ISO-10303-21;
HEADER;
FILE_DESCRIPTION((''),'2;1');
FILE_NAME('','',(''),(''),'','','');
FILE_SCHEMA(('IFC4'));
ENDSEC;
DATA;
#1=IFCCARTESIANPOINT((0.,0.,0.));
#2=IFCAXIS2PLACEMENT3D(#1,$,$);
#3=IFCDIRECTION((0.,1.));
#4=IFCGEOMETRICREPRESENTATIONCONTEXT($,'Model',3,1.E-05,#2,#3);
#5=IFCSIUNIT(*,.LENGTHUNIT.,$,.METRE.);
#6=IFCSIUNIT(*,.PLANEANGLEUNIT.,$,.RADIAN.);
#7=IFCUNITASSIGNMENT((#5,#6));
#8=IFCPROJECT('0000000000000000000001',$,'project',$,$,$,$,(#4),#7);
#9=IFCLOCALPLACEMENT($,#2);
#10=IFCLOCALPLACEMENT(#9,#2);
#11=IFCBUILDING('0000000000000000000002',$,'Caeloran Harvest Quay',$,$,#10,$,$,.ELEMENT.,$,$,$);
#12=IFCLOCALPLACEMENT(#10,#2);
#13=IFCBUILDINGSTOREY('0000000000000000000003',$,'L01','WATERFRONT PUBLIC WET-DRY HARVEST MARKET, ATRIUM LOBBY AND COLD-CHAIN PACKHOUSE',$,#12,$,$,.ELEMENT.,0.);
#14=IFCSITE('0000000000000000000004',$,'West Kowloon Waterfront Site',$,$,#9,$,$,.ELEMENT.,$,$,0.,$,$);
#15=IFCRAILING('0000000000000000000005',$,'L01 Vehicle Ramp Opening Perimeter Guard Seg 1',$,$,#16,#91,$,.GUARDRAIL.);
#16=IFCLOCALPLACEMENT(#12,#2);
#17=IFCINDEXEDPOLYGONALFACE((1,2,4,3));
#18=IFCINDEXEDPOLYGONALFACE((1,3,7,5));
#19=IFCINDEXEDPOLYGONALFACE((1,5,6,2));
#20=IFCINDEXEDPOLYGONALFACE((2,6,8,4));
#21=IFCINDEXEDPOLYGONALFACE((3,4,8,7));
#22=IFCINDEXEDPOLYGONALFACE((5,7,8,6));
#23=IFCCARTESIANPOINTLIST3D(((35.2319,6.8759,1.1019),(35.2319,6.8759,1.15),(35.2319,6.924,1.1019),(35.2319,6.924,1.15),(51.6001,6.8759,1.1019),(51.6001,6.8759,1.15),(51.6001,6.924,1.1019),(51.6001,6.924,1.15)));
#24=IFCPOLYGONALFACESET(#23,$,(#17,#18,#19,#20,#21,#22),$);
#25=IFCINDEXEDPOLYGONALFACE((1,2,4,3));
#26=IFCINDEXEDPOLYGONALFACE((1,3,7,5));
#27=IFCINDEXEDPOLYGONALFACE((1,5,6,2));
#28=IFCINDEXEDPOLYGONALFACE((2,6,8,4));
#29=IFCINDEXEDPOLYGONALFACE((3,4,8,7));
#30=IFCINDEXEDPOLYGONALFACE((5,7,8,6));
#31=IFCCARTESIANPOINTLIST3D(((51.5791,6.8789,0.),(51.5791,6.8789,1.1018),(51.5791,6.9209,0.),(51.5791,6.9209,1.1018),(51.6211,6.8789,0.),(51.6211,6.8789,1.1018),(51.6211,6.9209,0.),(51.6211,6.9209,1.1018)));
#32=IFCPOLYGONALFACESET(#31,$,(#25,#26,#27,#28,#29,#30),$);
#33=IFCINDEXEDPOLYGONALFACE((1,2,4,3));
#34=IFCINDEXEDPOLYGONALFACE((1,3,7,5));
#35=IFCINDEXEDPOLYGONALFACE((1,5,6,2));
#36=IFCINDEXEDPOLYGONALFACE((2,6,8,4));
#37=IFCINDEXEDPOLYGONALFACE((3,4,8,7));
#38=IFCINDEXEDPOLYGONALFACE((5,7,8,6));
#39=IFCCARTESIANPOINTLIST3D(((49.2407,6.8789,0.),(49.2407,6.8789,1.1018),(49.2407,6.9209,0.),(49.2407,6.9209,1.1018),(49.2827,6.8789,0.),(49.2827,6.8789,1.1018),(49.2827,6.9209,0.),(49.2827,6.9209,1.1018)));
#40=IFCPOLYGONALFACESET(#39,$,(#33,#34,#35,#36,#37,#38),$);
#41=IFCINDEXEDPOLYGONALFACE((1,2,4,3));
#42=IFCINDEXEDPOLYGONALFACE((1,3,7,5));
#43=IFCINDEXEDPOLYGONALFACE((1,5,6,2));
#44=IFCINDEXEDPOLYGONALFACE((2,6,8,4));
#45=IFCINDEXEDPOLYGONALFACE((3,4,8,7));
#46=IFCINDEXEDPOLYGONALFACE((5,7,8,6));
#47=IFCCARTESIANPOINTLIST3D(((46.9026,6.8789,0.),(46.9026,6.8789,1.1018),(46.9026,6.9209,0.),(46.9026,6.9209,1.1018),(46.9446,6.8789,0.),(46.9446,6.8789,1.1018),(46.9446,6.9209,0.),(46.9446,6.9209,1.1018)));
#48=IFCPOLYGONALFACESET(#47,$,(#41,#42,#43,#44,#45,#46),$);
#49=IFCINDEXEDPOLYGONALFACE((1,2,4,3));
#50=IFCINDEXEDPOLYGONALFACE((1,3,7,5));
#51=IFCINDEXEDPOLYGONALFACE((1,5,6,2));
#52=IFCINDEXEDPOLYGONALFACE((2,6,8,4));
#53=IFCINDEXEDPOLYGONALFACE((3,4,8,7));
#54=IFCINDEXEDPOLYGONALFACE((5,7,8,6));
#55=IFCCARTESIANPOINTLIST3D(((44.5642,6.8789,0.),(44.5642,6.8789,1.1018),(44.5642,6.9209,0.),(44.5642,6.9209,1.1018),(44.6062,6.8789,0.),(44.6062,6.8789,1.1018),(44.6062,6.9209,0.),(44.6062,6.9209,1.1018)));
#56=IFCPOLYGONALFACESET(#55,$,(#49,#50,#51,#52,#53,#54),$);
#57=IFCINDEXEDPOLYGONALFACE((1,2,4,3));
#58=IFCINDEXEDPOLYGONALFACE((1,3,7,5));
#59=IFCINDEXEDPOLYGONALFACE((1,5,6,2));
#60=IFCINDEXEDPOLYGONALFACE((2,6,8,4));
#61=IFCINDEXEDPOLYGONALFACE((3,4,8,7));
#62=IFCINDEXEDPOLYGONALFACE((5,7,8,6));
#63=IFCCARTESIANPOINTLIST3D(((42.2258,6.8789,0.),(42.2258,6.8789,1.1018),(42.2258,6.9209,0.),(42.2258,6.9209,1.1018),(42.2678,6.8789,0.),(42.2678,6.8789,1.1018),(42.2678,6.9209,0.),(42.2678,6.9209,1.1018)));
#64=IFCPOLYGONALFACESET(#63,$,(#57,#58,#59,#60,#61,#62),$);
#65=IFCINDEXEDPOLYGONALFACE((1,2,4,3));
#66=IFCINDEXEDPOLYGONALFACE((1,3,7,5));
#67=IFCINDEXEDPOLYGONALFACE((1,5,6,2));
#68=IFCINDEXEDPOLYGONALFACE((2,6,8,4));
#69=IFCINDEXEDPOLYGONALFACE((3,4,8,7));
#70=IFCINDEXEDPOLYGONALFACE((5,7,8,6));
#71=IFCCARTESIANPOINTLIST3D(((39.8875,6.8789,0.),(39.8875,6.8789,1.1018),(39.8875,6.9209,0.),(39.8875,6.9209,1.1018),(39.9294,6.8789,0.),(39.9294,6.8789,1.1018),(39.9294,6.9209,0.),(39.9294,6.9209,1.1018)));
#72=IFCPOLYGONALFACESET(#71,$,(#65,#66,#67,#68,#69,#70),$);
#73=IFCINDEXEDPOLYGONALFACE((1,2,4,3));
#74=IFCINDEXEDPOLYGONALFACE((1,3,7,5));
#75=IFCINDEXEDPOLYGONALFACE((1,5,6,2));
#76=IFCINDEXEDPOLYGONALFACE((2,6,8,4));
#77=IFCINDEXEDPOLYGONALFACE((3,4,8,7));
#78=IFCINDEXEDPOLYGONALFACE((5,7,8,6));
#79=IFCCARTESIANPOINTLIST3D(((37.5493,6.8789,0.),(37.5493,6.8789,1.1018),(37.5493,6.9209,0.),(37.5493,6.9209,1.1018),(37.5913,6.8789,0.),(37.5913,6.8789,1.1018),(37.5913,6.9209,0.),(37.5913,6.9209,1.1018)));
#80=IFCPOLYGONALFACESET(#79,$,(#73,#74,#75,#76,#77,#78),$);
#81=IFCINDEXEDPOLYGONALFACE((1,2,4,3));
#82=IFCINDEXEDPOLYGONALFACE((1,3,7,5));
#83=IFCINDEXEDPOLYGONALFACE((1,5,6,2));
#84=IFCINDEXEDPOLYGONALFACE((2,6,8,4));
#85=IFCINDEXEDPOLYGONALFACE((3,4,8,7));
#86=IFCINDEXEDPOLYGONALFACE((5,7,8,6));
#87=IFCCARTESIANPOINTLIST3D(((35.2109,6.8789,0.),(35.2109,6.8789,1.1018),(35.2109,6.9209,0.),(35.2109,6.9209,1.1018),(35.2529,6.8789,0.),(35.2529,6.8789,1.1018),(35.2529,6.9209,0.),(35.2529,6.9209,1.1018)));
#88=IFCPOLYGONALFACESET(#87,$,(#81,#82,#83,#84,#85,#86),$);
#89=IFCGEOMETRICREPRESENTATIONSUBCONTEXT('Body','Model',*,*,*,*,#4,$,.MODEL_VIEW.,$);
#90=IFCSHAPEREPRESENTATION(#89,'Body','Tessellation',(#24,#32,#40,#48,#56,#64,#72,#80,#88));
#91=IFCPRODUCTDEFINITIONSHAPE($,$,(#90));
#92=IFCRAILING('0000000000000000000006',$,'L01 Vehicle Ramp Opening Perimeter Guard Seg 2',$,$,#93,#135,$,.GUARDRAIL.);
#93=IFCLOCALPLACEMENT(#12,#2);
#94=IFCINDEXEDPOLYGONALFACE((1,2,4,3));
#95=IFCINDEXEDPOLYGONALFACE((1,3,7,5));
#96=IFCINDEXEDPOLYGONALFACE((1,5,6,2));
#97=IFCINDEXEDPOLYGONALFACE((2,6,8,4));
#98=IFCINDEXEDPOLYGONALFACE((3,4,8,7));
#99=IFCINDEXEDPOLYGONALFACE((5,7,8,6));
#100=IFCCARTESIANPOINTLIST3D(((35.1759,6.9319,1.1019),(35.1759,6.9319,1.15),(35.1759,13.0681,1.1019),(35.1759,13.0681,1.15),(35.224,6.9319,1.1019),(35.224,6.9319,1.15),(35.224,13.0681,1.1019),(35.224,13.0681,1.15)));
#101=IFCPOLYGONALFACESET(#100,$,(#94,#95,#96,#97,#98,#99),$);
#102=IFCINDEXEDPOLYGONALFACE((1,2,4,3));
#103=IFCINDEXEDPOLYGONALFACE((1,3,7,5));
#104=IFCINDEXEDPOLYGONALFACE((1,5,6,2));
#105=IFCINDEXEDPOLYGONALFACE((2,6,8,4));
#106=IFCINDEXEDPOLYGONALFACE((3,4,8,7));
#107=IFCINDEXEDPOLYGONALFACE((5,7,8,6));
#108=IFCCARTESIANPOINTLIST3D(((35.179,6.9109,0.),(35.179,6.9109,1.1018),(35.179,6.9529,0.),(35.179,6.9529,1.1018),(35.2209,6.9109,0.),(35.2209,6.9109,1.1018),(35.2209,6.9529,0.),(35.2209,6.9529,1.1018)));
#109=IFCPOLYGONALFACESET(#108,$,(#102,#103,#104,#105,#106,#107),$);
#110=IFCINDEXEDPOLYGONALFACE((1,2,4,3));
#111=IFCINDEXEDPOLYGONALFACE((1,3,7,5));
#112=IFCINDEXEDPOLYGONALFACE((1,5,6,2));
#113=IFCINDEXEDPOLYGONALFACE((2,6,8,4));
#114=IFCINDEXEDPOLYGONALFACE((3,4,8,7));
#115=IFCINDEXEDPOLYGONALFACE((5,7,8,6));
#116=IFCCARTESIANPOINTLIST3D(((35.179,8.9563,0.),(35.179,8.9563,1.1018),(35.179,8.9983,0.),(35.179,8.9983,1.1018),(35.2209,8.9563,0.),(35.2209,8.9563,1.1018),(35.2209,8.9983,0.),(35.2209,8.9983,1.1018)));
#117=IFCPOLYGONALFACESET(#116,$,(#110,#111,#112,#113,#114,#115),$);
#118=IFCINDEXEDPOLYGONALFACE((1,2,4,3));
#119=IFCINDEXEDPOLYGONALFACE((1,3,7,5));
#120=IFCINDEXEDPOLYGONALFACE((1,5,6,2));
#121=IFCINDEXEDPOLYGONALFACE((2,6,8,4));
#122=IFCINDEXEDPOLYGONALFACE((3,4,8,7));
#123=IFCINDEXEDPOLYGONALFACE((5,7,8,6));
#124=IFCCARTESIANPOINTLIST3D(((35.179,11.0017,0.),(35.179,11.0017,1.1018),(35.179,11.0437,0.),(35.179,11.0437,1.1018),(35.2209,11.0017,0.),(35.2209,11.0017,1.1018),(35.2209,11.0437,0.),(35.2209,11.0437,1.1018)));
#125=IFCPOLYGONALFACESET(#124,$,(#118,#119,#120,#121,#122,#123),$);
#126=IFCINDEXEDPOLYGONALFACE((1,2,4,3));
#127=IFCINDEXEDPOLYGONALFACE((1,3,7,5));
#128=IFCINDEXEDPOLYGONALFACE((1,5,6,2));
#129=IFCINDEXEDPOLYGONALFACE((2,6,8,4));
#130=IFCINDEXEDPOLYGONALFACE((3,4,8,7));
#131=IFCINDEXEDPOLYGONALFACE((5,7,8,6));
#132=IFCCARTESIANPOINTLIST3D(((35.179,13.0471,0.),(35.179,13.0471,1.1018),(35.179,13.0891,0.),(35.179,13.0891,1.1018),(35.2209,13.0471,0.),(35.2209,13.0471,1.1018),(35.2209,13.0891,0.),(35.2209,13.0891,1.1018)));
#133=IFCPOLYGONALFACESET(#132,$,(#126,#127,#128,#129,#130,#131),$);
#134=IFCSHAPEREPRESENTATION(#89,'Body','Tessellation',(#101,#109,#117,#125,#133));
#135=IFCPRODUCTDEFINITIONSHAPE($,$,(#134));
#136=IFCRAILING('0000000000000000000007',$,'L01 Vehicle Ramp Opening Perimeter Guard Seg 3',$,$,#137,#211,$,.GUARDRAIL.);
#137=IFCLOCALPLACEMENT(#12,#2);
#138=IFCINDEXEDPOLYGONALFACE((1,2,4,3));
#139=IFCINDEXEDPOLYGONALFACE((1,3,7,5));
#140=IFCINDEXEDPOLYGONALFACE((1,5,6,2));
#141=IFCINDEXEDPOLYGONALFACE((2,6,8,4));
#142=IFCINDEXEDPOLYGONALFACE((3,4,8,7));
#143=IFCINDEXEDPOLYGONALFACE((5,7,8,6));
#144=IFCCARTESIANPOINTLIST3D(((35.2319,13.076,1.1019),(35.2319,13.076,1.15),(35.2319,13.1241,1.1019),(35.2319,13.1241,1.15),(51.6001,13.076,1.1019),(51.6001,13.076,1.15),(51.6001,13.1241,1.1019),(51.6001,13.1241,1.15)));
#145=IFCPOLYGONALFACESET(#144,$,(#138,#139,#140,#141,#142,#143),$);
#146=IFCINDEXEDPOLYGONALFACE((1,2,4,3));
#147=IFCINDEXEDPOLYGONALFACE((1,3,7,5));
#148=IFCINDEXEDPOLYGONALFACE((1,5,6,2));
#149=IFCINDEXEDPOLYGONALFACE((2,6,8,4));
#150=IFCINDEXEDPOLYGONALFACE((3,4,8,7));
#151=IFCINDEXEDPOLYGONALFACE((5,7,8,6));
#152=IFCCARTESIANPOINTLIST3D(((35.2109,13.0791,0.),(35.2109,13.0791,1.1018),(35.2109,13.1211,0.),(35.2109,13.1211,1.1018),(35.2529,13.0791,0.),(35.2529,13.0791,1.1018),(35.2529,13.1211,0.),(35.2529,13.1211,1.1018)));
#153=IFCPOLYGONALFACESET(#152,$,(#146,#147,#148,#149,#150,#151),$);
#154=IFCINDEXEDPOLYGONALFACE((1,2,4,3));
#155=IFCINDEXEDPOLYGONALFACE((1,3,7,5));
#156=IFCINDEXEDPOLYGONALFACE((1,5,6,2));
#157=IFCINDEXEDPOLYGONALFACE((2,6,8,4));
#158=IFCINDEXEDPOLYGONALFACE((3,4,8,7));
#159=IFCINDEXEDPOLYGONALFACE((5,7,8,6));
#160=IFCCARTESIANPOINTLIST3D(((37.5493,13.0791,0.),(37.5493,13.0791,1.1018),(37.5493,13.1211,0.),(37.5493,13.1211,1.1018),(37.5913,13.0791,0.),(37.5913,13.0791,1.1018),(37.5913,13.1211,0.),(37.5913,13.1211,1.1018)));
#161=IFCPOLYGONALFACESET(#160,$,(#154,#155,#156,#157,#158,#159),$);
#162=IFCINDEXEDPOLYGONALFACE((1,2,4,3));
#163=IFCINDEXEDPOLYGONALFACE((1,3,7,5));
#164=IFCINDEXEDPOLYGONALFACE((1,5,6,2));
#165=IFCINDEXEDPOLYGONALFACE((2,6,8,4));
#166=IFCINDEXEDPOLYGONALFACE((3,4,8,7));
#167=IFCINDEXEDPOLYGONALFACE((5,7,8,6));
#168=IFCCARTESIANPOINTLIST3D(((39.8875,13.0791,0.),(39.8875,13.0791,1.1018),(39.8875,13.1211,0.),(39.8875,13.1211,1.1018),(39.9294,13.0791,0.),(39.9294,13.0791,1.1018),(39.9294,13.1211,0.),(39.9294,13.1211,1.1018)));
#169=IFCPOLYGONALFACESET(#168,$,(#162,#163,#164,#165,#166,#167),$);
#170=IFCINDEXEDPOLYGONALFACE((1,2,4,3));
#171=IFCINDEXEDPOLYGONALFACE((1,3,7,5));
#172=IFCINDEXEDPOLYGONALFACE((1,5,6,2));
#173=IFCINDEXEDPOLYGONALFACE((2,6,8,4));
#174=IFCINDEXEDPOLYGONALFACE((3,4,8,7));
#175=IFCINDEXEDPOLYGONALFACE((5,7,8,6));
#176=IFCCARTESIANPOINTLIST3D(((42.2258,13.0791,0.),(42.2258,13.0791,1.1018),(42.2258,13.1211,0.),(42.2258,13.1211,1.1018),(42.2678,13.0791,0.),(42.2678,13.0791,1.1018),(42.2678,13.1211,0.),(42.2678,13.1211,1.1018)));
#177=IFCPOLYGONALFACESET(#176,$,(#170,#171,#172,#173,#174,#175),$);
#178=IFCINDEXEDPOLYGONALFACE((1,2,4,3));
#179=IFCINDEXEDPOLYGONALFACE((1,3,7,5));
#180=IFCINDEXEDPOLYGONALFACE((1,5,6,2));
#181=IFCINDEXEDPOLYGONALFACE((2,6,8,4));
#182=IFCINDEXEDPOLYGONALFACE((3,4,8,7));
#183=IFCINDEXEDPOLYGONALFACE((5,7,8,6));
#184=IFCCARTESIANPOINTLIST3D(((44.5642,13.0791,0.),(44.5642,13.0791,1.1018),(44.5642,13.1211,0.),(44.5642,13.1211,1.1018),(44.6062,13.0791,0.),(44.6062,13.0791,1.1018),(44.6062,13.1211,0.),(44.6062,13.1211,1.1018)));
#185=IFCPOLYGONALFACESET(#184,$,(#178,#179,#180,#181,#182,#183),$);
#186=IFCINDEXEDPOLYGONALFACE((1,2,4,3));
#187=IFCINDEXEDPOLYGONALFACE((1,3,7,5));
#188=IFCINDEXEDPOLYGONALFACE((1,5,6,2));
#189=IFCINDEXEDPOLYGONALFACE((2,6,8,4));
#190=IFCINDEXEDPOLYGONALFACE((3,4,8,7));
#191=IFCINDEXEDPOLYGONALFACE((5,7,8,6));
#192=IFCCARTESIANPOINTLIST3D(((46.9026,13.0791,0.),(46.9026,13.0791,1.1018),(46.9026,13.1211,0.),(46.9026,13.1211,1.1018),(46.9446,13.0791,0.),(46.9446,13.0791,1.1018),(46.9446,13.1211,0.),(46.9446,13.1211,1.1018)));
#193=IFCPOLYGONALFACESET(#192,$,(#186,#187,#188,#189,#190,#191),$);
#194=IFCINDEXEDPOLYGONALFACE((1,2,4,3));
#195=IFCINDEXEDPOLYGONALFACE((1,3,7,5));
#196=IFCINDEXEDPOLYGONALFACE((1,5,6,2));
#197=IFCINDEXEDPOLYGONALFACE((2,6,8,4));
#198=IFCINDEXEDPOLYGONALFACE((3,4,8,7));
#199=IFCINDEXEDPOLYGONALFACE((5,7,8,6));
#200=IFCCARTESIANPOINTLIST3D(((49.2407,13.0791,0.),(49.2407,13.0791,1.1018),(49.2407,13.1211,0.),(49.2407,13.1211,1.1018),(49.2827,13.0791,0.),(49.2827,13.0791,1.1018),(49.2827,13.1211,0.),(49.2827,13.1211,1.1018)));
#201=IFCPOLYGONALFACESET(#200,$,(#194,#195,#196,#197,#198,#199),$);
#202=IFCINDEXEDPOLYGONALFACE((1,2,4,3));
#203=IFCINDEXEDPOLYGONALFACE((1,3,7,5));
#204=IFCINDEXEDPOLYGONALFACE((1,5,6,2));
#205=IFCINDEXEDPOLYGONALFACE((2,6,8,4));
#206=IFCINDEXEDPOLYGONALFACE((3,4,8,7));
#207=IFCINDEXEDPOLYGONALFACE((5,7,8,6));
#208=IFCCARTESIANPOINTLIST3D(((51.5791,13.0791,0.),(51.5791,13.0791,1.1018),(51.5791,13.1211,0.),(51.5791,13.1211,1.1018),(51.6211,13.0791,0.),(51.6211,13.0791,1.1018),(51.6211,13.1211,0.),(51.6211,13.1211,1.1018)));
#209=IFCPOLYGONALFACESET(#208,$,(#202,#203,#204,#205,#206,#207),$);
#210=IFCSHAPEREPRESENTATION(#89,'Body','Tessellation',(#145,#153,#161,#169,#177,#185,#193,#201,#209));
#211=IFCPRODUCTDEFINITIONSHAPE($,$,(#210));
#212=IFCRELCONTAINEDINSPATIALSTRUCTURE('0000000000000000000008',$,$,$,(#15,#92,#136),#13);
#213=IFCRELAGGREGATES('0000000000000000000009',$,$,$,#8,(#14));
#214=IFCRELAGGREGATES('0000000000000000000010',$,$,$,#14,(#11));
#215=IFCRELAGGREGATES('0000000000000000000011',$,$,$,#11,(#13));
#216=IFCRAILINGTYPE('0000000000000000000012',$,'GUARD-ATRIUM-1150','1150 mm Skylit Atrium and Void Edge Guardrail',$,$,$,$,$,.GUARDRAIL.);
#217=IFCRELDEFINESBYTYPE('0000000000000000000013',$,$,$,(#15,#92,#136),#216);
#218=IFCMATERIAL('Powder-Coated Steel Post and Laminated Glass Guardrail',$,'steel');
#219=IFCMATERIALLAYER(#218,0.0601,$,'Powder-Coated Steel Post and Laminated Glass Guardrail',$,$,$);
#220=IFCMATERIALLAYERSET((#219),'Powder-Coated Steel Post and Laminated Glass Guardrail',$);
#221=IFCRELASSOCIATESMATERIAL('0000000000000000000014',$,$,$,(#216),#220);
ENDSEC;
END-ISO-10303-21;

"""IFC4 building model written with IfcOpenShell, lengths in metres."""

from ifc_helpers import new_model, si_unit, direction, frame, origin, origin_2d, place, context, subcontext, project, spatial, rectangle, extrude, material, layer, layer_set, type_object, element, save


model = new_model("IFC4")

# Units and contexts
model_context = context("Model", 3, precision=1e-05, world=origin(), true_north=direction((0.0, 1.0)))
body_context = subcontext(model_context, "Body", "Model", "MODEL_VIEW")
ifc_project = project(units=[si_unit("LENGTHUNIT", "METRE"), si_unit("PLANEANGLEUNIT", "RADIAN")], contexts=[model_context])

# Site, building, storey
site_placement = place(None, origin())
site = spatial("IfcSite", under=ifc_project, at=site_placement, Name="West Kowloon Waterfront Site", CompositionType="ELEMENT", RefElevation=0.0)
building_placement = place(site_placement, origin())
building = spatial("IfcBuilding", under=site, at=building_placement, Name="Caeloran Harvest Quay", CompositionType="ELEMENT")
storey_placement = place(building_placement, origin())
storey = spatial("IfcBuildingStorey", under=building, at=storey_placement, Name="L01", Description="WATERFRONT PUBLIC WET-DRY HARVEST MARKET, ATRIUM LOBBY AND COLD-CHAIN PACKHOUSE", CompositionType="ELEMENT", Elevation=0.0)

# Railings
ifc_material_1 = material(Name="Powder-Coated Steel Post and Laminated Glass Guardrail", Category="steel")
ifc_layer_1 = layer(ifc_material_1, 0.0601, Name="Powder-Coated Steel Post and Laminated Glass Guardrail")
ifc_layer_set_1 = layer_set([ifc_layer_1], Name="Powder-Coated Steel Post and Laminated Glass Guardrail")
railing_type = type_object("IfcRailingType", Name="GUARD-ATRIUM-1150", Description="1150 mm Skylit Atrium and Void Edge Guardrail", PredefinedType="GUARDRAIL", material=ifc_layer_set_1)
railing_1_placement = place(storey_placement, frame((51.6001, 6.8999, 0.0)))
element("IfcRailing", 1, at=railing_1_placement, inside=storey, type_object=railing_type, Name="L01 Vehicle Ramp Opening Perimeter Guard Seg 1", PredefinedType="GUARDRAIL", context=body_context, shape_type="SweptSolid", body=[
    extrude(rectangle(XDim=0.0481, YDim=0.0481, at=origin_2d()), frame((0.0, 0.0, 1.126), z_axis=(-1.0, 0.0, 0.0), x_axis=(0.0, -1.0, 0.0)), (0.0, 0.0, 1.0), 16.3682),
    extrude(rectangle(XDim=0.042, YDim=0.042, at=origin_2d()), origin(), (0.0, 0.0, 1.0), 1.1018),
    extrude(rectangle(XDim=0.042, YDim=0.042, at=origin_2d()), frame((-2.3384, 0.0, 0.0)), (0.0, 0.0, 1.0), 1.1018),
    extrude(rectangle(XDim=0.042, YDim=0.042, at=origin_2d()), frame((-4.6765, 0.0, 0.0)), (0.0, 0.0, 1.0), 1.1018),
    extrude(rectangle(XDim=0.042, YDim=0.042, at=origin_2d()), frame((-7.0149, 0.0, 0.0)), (0.0, 0.0, 1.0), 1.1018),
    extrude(rectangle(XDim=0.042, YDim=0.042, at=origin_2d()), frame((-9.3533, 0.0, 0.0)), (0.0, 0.0, 1.0), 1.1018),
    extrude(rectangle(XDim=0.042, YDim=0.042, at=origin_2d()), frame((-11.6917, 0.0, 0.0)), (0.0, 0.0, 1.0), 1.1018),
    extrude(rectangle(XDim=0.042, YDim=0.042, at=origin_2d()), frame((-14.0298, 0.0, 0.0)), (0.0, 0.0, 1.0), 1.1018),
    extrude(rectangle(XDim=0.042, YDim=0.042, at=origin_2d()), frame((-16.3682, 0.0, 0.0)), (0.0, 0.0, 1.0), 1.1018),
])
railing_2_placement = place(storey_placement, frame((35.2, 6.9319, 0.0)))
element("IfcRailing", 2, at=railing_2_placement, inside=storey, type_object=railing_type, Name="L01 Vehicle Ramp Opening Perimeter Guard Seg 2", PredefinedType="GUARDRAIL", context=body_context, shape_type="SweptSolid", body=[
    extrude(rectangle(XDim=0.0481, YDim=0.0481, at=origin_2d()), frame((0.0, 0.0, 1.126), z_axis=(0.0, 1.0, 0.0), x_axis=(-1.0, 0.0, 0.0)), (0.0, 0.0, 1.0), 6.1362),
    extrude(rectangle(XDim=0.042, YDim=0.042, at=origin_2d()), origin(), (0.0, 0.0, 1.0), 1.1018),
    extrude(rectangle(XDim=0.042, YDim=0.042, at=origin_2d()), frame((0.0, 2.0454, 0.0)), (0.0, 0.0, 1.0), 1.1018),
    extrude(rectangle(XDim=0.042, YDim=0.042, at=origin_2d()), frame((0.0, 4.0908, 0.0)), (0.0, 0.0, 1.0), 1.1018),
    extrude(rectangle(XDim=0.042, YDim=0.042, at=origin_2d()), frame((0.0, 6.1362, 0.0)), (0.0, 0.0, 1.0), 1.1018),
])
railing_3_placement = place(storey_placement, frame((35.2319, 13.1001, 0.0)))
element("IfcRailing", 3, at=railing_3_placement, inside=storey, type_object=railing_type, Name="L01 Vehicle Ramp Opening Perimeter Guard Seg 3", PredefinedType="GUARDRAIL", context=body_context, shape_type="SweptSolid", body=[
    extrude(rectangle(XDim=0.0481, YDim=0.0481, at=origin_2d()), frame((0.0, 0.0, 1.126), z_axis=(1.0, 0.0, 0.0), x_axis=(0.0, 1.0, 0.0)), (0.0, 0.0, 1.0), 16.3682),
    extrude(rectangle(XDim=0.042, YDim=0.042, at=origin_2d()), origin(), (0.0, 0.0, 1.0), 1.1018),
    extrude(rectangle(XDim=0.042, YDim=0.042, at=origin_2d()), frame((2.3384, 0.0, 0.0)), (0.0, 0.0, 1.0), 1.1018),
    extrude(rectangle(XDim=0.042, YDim=0.042, at=origin_2d()), frame((4.6765, 0.0, 0.0)), (0.0, 0.0, 1.0), 1.1018),
    extrude(rectangle(XDim=0.042, YDim=0.042, at=origin_2d()), frame((7.0149, 0.0, 0.0)), (0.0, 0.0, 1.0), 1.1018),
    extrude(rectangle(XDim=0.042, YDim=0.042, at=origin_2d()), frame((9.3533, 0.0, 0.0)), (0.0, 0.0, 1.0), 1.1018),
    extrude(rectangle(XDim=0.042, YDim=0.042, at=origin_2d()), frame((11.6917, 0.0, 0.0)), (0.0, 0.0, 1.0), 1.1018),
    extrude(rectangle(XDim=0.042, YDim=0.042, at=origin_2d()), frame((14.0298, 0.0, 0.0)), (0.0, 0.0, 1.0), 1.1018),
    extrude(rectangle(XDim=0.042, YDim=0.042, at=origin_2d()), frame((16.3682, 0.0, 0.0)), (0.0, 0.0, 1.0), 1.1018),
])

save(model, "model.ifc")
